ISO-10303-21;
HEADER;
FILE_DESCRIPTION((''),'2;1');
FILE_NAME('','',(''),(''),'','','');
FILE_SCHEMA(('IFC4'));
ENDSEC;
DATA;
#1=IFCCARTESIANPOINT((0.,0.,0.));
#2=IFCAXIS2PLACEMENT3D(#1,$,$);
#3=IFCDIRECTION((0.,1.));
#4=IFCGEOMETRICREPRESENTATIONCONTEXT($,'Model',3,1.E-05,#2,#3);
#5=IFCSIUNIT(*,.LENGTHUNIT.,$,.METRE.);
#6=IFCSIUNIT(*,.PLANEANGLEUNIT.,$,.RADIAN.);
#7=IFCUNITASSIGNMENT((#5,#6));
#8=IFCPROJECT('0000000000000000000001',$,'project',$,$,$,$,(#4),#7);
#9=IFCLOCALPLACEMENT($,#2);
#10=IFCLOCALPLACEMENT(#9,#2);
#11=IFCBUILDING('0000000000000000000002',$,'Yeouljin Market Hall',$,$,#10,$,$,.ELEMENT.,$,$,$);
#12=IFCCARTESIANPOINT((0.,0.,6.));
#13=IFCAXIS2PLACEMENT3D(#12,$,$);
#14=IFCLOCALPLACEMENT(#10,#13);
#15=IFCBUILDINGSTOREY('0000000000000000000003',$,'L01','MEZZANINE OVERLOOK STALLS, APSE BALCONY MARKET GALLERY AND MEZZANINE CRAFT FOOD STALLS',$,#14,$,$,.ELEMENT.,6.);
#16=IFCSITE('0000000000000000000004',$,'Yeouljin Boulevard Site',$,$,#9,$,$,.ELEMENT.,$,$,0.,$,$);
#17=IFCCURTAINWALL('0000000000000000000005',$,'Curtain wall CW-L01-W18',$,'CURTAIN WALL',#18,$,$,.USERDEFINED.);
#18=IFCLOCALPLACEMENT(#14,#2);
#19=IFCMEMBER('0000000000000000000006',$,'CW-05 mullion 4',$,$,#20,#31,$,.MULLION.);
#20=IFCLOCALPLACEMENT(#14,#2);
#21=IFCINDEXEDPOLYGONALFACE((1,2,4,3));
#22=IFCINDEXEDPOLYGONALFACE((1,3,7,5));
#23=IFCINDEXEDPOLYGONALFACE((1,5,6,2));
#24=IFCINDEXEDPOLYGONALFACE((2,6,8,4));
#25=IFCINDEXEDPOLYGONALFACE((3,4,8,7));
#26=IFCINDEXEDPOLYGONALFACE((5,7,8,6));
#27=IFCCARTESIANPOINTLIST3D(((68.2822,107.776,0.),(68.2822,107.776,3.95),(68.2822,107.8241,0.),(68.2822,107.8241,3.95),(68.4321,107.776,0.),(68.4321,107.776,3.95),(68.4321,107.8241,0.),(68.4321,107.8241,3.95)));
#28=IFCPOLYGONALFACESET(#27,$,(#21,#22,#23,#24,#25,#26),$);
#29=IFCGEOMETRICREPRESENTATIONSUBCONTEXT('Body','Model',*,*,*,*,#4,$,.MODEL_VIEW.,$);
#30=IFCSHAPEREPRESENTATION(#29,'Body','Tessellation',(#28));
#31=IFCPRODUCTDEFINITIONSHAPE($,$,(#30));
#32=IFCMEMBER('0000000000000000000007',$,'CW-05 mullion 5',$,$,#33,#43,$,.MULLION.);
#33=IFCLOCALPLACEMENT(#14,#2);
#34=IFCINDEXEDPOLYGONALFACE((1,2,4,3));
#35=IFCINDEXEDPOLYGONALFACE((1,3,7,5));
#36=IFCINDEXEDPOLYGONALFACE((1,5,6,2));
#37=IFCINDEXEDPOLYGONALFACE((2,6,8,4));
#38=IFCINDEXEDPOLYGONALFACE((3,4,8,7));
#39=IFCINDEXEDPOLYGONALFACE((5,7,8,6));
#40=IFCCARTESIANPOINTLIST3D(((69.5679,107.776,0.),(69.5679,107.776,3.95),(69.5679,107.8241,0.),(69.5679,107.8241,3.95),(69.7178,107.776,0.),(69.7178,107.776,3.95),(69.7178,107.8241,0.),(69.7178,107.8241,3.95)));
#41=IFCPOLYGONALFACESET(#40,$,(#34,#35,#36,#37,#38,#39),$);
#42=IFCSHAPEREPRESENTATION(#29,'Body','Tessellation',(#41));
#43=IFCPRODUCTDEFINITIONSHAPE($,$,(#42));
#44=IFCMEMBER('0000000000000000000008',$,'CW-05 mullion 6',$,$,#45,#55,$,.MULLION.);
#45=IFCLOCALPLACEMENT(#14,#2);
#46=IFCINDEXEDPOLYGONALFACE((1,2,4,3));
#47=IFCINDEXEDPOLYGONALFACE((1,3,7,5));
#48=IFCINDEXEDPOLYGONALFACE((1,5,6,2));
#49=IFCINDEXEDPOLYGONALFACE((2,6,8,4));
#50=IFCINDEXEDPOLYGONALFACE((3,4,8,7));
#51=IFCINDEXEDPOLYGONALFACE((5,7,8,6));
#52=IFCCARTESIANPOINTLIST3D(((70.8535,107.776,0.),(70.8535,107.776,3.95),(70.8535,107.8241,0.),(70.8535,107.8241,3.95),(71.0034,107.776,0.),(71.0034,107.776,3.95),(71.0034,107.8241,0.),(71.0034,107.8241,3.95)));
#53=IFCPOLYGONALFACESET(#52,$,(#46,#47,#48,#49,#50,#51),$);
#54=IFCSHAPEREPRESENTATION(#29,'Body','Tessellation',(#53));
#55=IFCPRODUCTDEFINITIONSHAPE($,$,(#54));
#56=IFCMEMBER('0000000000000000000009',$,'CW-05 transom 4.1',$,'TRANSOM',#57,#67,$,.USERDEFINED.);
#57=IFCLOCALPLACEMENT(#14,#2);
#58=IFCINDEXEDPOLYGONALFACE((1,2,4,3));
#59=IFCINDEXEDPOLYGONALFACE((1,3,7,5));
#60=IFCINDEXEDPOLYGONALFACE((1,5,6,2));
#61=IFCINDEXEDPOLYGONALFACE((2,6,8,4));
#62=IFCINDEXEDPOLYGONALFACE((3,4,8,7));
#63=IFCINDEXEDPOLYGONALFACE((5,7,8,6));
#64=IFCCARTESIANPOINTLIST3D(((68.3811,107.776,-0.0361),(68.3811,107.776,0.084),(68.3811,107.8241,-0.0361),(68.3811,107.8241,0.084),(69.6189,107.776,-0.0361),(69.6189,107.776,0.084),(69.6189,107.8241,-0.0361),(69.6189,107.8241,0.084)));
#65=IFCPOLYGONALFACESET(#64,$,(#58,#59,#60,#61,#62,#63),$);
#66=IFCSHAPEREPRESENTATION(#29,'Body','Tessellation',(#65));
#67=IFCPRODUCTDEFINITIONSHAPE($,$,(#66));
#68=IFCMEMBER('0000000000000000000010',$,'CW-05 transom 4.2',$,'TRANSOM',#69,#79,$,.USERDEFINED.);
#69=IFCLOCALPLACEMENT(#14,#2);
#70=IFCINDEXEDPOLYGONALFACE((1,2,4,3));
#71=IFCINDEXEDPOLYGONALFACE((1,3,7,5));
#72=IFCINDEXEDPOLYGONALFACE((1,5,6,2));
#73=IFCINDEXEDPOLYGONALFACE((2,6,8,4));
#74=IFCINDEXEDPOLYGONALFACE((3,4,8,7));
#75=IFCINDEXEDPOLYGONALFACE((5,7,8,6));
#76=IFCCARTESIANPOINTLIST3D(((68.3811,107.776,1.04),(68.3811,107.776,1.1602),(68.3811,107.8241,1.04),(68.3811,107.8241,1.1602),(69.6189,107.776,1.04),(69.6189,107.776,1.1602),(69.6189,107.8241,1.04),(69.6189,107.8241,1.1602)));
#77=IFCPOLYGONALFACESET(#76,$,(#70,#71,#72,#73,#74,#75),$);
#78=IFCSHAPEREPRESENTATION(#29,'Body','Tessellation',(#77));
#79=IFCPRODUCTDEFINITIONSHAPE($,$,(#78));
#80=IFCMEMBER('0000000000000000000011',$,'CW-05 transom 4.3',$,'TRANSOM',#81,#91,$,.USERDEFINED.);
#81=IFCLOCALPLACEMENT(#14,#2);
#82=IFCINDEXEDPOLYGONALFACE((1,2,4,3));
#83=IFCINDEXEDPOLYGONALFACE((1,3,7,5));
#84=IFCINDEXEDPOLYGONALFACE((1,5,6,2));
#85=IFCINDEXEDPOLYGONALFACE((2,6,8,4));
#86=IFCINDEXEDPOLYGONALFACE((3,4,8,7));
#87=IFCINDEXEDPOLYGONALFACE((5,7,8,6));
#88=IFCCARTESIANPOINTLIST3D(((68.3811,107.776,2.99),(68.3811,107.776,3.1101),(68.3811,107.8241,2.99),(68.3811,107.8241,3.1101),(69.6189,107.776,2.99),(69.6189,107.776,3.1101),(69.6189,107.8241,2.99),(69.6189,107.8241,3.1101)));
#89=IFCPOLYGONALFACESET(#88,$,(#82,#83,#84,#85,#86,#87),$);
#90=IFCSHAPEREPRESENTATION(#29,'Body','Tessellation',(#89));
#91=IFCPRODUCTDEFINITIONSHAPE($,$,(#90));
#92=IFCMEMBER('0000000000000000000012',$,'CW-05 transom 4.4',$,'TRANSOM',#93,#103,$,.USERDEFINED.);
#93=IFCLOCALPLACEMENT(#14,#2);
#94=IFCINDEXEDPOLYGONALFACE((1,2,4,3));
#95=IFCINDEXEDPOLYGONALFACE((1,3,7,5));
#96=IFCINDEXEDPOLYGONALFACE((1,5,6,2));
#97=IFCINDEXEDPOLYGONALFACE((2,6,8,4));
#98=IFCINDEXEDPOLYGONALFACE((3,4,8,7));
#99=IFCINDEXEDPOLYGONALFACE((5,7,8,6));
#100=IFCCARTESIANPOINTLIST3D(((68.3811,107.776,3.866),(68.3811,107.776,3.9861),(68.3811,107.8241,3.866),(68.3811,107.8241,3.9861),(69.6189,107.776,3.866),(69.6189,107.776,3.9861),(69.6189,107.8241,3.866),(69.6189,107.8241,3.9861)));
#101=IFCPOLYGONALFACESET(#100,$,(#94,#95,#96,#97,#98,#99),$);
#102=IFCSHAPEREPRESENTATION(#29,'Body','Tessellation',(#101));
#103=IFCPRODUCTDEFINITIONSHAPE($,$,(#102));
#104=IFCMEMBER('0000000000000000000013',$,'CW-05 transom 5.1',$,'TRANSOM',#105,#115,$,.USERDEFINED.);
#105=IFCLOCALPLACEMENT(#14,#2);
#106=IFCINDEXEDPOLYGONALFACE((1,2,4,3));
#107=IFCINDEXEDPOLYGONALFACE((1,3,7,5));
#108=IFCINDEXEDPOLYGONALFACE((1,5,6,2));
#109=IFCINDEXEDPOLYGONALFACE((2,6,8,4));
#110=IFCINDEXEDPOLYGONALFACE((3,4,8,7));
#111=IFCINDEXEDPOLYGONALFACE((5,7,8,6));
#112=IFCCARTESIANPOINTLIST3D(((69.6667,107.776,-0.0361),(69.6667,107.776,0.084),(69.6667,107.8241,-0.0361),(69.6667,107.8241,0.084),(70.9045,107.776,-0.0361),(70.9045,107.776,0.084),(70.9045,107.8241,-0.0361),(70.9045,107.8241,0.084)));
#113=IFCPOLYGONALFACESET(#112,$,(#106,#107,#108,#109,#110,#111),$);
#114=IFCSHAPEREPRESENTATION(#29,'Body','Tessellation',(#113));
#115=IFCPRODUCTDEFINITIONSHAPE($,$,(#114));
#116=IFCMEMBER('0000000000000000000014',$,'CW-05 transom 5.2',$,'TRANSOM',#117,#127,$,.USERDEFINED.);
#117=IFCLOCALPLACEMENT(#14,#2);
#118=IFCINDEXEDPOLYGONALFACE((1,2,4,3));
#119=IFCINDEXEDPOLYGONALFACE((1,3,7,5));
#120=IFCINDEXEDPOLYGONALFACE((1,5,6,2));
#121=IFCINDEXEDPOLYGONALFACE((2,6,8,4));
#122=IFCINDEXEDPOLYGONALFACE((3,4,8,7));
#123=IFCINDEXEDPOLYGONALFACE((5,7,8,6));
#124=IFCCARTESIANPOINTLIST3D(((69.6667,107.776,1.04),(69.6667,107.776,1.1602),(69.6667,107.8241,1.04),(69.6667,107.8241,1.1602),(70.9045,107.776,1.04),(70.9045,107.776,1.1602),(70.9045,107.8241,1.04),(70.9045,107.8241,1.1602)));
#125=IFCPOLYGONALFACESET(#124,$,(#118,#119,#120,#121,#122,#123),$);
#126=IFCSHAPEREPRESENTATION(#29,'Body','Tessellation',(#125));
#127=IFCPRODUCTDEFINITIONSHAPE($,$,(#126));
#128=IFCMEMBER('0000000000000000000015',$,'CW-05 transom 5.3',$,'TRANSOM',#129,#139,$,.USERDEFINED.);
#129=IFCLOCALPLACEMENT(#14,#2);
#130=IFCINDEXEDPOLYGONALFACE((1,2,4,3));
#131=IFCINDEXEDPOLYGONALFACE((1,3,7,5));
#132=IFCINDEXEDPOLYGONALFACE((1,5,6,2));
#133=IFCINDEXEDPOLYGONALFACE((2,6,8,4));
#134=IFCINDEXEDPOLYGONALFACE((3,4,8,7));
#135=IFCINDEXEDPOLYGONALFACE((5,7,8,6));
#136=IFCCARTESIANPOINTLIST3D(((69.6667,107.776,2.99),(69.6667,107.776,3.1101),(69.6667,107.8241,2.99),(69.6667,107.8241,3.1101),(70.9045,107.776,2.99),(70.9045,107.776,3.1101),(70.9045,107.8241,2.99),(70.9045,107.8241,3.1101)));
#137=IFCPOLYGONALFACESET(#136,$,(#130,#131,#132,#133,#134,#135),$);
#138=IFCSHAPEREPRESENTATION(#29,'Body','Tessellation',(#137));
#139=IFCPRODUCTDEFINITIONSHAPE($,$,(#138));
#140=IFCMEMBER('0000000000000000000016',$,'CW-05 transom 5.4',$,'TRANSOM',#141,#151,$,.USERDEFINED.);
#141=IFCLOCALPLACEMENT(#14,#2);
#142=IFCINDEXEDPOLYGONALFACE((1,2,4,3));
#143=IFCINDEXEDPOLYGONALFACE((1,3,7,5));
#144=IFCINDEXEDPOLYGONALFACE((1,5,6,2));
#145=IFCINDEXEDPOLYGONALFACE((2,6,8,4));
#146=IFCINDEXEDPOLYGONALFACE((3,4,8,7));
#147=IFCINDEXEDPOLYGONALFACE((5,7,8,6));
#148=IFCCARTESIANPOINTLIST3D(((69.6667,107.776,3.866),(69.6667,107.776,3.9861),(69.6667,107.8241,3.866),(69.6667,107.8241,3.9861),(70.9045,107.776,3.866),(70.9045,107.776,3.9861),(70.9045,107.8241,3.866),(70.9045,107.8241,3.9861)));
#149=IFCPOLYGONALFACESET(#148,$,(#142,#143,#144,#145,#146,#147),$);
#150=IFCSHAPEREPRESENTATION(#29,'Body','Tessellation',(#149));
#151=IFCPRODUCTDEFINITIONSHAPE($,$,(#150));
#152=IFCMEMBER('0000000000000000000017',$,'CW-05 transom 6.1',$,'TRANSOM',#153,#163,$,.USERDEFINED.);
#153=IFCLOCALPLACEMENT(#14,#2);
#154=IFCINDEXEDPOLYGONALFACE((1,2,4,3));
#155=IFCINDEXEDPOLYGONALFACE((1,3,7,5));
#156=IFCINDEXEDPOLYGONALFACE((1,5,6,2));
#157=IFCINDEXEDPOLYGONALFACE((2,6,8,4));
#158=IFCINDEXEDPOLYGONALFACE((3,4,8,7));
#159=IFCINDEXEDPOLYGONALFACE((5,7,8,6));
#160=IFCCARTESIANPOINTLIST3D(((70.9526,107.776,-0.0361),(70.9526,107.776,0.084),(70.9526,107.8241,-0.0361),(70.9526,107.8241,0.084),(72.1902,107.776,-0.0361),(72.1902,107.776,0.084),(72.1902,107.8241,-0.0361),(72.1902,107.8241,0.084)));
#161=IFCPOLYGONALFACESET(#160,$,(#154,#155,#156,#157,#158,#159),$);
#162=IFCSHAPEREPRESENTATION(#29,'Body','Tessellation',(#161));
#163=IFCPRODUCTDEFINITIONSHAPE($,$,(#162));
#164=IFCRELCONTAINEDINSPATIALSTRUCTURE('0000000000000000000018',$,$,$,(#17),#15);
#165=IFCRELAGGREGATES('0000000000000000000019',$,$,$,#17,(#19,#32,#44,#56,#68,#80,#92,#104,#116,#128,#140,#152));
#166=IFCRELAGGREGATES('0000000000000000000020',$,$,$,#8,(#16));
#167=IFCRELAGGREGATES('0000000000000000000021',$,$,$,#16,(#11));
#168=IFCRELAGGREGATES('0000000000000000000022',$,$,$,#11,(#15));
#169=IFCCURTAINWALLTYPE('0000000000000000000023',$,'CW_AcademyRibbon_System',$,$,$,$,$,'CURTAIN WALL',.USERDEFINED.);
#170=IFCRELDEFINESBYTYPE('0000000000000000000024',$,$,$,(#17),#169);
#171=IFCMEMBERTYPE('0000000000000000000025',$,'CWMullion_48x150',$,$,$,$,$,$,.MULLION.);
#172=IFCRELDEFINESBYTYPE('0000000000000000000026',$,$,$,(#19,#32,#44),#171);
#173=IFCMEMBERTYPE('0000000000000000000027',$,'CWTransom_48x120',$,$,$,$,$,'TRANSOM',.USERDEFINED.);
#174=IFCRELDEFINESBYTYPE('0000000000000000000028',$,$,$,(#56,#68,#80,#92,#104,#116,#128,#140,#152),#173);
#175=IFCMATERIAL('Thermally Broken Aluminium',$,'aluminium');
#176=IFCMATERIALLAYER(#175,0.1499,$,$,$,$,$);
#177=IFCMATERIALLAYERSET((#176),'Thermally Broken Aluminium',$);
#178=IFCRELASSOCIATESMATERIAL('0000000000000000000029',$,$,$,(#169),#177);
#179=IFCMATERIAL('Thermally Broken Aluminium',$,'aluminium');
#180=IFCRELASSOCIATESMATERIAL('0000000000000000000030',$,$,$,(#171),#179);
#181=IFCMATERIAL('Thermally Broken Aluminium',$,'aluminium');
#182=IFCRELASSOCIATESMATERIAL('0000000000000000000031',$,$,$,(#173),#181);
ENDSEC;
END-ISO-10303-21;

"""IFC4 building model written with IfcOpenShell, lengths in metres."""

from ifc_helpers import new_model, si_unit, direction, frame, origin, origin_2d, place, context, subcontext, project, spatial, rectangle, extrude, material, layer, layer_set, material_profile, profile_set, type_object, element, aggregate, save


model = new_model("IFC4")

# Units and contexts
model_context = context("Model", 3, precision=1e-05, world=origin(), true_north=direction((0.0, 1.0)))
body_context = subcontext(model_context, "Body", "Model", "MODEL_VIEW")
ifc_project = project(units=[si_unit("LENGTHUNIT", "METRE"), si_unit("PLANEANGLEUNIT", "RADIAN")], contexts=[model_context])

# Site, building, storey
site_placement = place(None, origin())
site = spatial("IfcSite", under=ifc_project, at=site_placement, Name="Yeouljin Boulevard Site", CompositionType="ELEMENT", RefElevation=0.0)
building_placement = place(site_placement, origin())
building = spatial("IfcBuilding", under=site, at=building_placement, Name="Yeouljin Market Hall", CompositionType="ELEMENT")
storey_placement = place(building_placement, frame((0.0, 0.0, 6.0)))
storey = spatial("IfcBuildingStorey", under=building, at=storey_placement, Name="L01", Description="MEZZANINE OVERLOOK STALLS, APSE BALCONY MARKET GALLERY AND MEZZANINE CRAFT FOOD STALLS", CompositionType="ELEMENT", Elevation=6.0)

# Curtain wall, members
ifc_material_1 = material(Name="Thermally Broken Aluminium", Category="aluminium")
ifc_layer_1 = layer(ifc_material_1, 0.1499)
ifc_layer_set_1 = layer_set([ifc_layer_1], Name="Thermally Broken Aluminium")
curtain_wall_type = type_object("IfcCurtainWallType", Name="CW_AcademyRibbon_System", ElementType="CURTAIN WALL", PredefinedType="USERDEFINED", material=ifc_layer_set_1)
curtain_wall_placement = place(storey_placement, origin())
curtain_wall = element("IfcCurtainWall", 1, at=curtain_wall_placement, inside=storey, type_object=curtain_wall_type, Name="Curtain wall CW-L01-W18", ObjectType="CURTAIN WALL", PredefinedType="USERDEFINED")
ifc_material_2 = material(Name="Thermally Broken Aluminium", Category="aluminium")
ifc_material_profile_1 = material_profile(ifc_material_2, rectangle(XDim=0.0481, YDim=0.1499, at=origin_2d()), Name="CW-MULL-48x150")
ifc_profile_set_1 = profile_set([ifc_material_profile_1], Name="Thermally Broken Aluminium")
member_type_1 = type_object("IfcMemberType", Name="CWMullion_48x150", PredefinedType="MULLION", material=ifc_profile_set_1)
member_1_placement = place(storey_placement, frame((68.3572, 107.8, 0.0), z_axis=(0.0, 0.0, 1.0), x_axis=(0.0, 1.0, 0.0)))
member_1 = element("IfcMember", 2, at=member_1_placement, type_object=member_type_1, Name="CW-05 mullion 4", PredefinedType="MULLION", context=body_context, shape_type="SweptSolid", body=[
    extrude(rectangle(XDim=0.0481, YDim=0.1499, at=origin_2d()), origin(), (0.0, 0.0, 1.0), 3.95),
])
member_2_placement = place(storey_placement, frame((69.6428, 107.8, 0.0), z_axis=(0.0, 0.0, 1.0), x_axis=(0.0, 1.0, 0.0)))
member_2 = element("IfcMember", 3, at=member_2_placement, type_object=member_type_1, Name="CW-05 mullion 5", PredefinedType="MULLION", context=body_context, shape_type="SweptSolid", body=[
    extrude(rectangle(XDim=0.0481, YDim=0.1499, at=origin_2d()), origin(), (0.0, 0.0, 1.0), 3.95),
])
member_3_placement = place(storey_placement, frame((70.9285, 107.8, 0.0), z_axis=(0.0, 0.0, 1.0), x_axis=(0.0, 1.0, 0.0)))
member_3 = element("IfcMember", 4, at=member_3_placement, type_object=member_type_1, Name="CW-05 mullion 6", PredefinedType="MULLION", context=body_context, shape_type="SweptSolid", body=[
    extrude(rectangle(XDim=0.0481, YDim=0.1499, at=origin_2d()), origin(), (0.0, 0.0, 1.0), 3.95),
])
ifc_material_3 = material(Name="Thermally Broken Aluminium", Category="aluminium")
ifc_material_profile_2 = material_profile(ifc_material_3, rectangle(XDim=0.0481, YDim=0.1201, at=origin_2d()), Name="CW-TRAN-48x120")
ifc_profile_set_2 = profile_set([ifc_material_profile_2], Name="Thermally Broken Aluminium")
member_type_2 = type_object("IfcMemberType", Name="CWTransom_48x120", ElementType="TRANSOM", PredefinedType="USERDEFINED", material=ifc_profile_set_2)
member_4_placement = place(storey_placement, frame((68.3811, 107.8, 0.0239), z_axis=(1.0, 0.0, 0.0), x_axis=(0.0, 1.0, 0.0)))
member_4 = element("IfcMember", 5, at=member_4_placement, type_object=member_type_2, Name="CW-05 transom 4.1", ObjectType="TRANSOM", PredefinedType="USERDEFINED", context=body_context, shape_type="SweptSolid", body=[
    extrude(rectangle(XDim=0.0481, YDim=0.1201, at=origin_2d()), origin(), (0.0, 0.0, 1.0), 1.2378),
])
member_5_placement = place(storey_placement, frame((68.3811, 107.8, 1.1001), z_axis=(1.0, 0.0, 0.0), x_axis=(0.0, 1.0, 0.0)))
member_5 = element("IfcMember", 6, at=member_5_placement, type_object=member_type_2, Name="CW-05 transom 4.2", ObjectType="TRANSOM", PredefinedType="USERDEFINED", context=body_context, shape_type="SweptSolid", body=[
    extrude(rectangle(XDim=0.0481, YDim=0.1201, at=origin_2d()), origin(), (0.0, 0.0, 1.0), 1.2378),
])
member_6_placement = place(storey_placement, frame((68.3811, 107.8, 3.05), z_axis=(1.0, 0.0, 0.0), x_axis=(0.0, 1.0, 0.0)))
member_6 = element("IfcMember", 7, at=member_6_placement, type_object=member_type_2, Name="CW-05 transom 4.3", ObjectType="TRANSOM", PredefinedType="USERDEFINED", context=body_context, shape_type="SweptSolid", body=[
    extrude(rectangle(XDim=0.0481, YDim=0.1201, at=origin_2d()), origin(), (0.0, 0.0, 1.0), 1.2378),
])
member_7_placement = place(storey_placement, frame((68.3811, 107.8, 3.926), z_axis=(1.0, 0.0, 0.0), x_axis=(0.0, 1.0, 0.0)))
member_7 = element("IfcMember", 8, at=member_7_placement, type_object=member_type_2, Name="CW-05 transom 4.4", ObjectType="TRANSOM", PredefinedType="USERDEFINED", context=body_context, shape_type="SweptSolid", body=[
    extrude(rectangle(XDim=0.0481, YDim=0.1201, at=origin_2d()), origin(), (0.0, 0.0, 1.0), 1.2378),
])
member_8_placement = place(storey_placement, frame((69.6667, 107.8, 0.0239), z_axis=(1.0, 0.0, 0.0), x_axis=(0.0, 1.0, 0.0)))
member_8 = element("IfcMember", 9, at=member_8_placement, type_object=member_type_2, Name="CW-05 transom 5.1", ObjectType="TRANSOM", PredefinedType="USERDEFINED", context=body_context, shape_type="SweptSolid", body=[
    extrude(rectangle(XDim=0.0481, YDim=0.1201, at=origin_2d()), origin(), (0.0, 0.0, 1.0), 1.2378),
])
member_9_placement = place(storey_placement, frame((69.6667, 107.8, 1.1001), z_axis=(1.0, 0.0, 0.0), x_axis=(0.0, 1.0, 0.0)))
member_9 = element("IfcMember", 10, at=member_9_placement, type_object=member_type_2, Name="CW-05 transom 5.2", ObjectType="TRANSOM", PredefinedType="USERDEFINED", context=body_context, shape_type="SweptSolid", body=[
    extrude(rectangle(XDim=0.0481, YDim=0.1201, at=origin_2d()), origin(), (0.0, 0.0, 1.0), 1.2378),
])
member_10_placement = place(storey_placement, frame((69.6667, 107.8, 3.05), z_axis=(1.0, 0.0, 0.0), x_axis=(0.0, 1.0, 0.0)))
member_10 = element("IfcMember", 11, at=member_10_placement, type_object=member_type_2, Name="CW-05 transom 5.3", ObjectType="TRANSOM", PredefinedType="USERDEFINED", context=body_context, shape_type="SweptSolid", body=[
    extrude(rectangle(XDim=0.0481, YDim=0.1201, at=origin_2d()), origin(), (0.0, 0.0, 1.0), 1.2378),
])
member_11_placement = place(storey_placement, frame((69.6667, 107.8, 3.926), z_axis=(1.0, 0.0, 0.0), x_axis=(0.0, 1.0, 0.0)))
member_11 = element("IfcMember", 12, at=member_11_placement, type_object=member_type_2, Name="CW-05 transom 5.4", ObjectType="TRANSOM", PredefinedType="USERDEFINED", context=body_context, shape_type="SweptSolid", body=[
    extrude(rectangle(XDim=0.0481, YDim=0.1201, at=origin_2d()), origin(), (0.0, 0.0, 1.0), 1.2378),
])
member_12_placement = place(storey_placement, frame((70.9526, 107.8, 0.0239), z_axis=(1.0, 0.0, 0.0), x_axis=(0.0, 1.0, 0.0)))
member_12 = element("IfcMember", 13, at=member_12_placement, type_object=member_type_2, Name="CW-05 transom 6.1", ObjectType="TRANSOM", PredefinedType="USERDEFINED", context=body_context, shape_type="SweptSolid", body=[
    extrude(rectangle(XDim=0.0481, YDim=0.1201, at=origin_2d()), origin(), (0.0, 0.0, 1.0), 1.2375),
])

aggregate(curtain_wall, [member_1, member_2, member_3, member_4, member_5, member_6, member_7, member_8, member_9, member_10, member_11, member_12])

save(model, "model.ifc")
